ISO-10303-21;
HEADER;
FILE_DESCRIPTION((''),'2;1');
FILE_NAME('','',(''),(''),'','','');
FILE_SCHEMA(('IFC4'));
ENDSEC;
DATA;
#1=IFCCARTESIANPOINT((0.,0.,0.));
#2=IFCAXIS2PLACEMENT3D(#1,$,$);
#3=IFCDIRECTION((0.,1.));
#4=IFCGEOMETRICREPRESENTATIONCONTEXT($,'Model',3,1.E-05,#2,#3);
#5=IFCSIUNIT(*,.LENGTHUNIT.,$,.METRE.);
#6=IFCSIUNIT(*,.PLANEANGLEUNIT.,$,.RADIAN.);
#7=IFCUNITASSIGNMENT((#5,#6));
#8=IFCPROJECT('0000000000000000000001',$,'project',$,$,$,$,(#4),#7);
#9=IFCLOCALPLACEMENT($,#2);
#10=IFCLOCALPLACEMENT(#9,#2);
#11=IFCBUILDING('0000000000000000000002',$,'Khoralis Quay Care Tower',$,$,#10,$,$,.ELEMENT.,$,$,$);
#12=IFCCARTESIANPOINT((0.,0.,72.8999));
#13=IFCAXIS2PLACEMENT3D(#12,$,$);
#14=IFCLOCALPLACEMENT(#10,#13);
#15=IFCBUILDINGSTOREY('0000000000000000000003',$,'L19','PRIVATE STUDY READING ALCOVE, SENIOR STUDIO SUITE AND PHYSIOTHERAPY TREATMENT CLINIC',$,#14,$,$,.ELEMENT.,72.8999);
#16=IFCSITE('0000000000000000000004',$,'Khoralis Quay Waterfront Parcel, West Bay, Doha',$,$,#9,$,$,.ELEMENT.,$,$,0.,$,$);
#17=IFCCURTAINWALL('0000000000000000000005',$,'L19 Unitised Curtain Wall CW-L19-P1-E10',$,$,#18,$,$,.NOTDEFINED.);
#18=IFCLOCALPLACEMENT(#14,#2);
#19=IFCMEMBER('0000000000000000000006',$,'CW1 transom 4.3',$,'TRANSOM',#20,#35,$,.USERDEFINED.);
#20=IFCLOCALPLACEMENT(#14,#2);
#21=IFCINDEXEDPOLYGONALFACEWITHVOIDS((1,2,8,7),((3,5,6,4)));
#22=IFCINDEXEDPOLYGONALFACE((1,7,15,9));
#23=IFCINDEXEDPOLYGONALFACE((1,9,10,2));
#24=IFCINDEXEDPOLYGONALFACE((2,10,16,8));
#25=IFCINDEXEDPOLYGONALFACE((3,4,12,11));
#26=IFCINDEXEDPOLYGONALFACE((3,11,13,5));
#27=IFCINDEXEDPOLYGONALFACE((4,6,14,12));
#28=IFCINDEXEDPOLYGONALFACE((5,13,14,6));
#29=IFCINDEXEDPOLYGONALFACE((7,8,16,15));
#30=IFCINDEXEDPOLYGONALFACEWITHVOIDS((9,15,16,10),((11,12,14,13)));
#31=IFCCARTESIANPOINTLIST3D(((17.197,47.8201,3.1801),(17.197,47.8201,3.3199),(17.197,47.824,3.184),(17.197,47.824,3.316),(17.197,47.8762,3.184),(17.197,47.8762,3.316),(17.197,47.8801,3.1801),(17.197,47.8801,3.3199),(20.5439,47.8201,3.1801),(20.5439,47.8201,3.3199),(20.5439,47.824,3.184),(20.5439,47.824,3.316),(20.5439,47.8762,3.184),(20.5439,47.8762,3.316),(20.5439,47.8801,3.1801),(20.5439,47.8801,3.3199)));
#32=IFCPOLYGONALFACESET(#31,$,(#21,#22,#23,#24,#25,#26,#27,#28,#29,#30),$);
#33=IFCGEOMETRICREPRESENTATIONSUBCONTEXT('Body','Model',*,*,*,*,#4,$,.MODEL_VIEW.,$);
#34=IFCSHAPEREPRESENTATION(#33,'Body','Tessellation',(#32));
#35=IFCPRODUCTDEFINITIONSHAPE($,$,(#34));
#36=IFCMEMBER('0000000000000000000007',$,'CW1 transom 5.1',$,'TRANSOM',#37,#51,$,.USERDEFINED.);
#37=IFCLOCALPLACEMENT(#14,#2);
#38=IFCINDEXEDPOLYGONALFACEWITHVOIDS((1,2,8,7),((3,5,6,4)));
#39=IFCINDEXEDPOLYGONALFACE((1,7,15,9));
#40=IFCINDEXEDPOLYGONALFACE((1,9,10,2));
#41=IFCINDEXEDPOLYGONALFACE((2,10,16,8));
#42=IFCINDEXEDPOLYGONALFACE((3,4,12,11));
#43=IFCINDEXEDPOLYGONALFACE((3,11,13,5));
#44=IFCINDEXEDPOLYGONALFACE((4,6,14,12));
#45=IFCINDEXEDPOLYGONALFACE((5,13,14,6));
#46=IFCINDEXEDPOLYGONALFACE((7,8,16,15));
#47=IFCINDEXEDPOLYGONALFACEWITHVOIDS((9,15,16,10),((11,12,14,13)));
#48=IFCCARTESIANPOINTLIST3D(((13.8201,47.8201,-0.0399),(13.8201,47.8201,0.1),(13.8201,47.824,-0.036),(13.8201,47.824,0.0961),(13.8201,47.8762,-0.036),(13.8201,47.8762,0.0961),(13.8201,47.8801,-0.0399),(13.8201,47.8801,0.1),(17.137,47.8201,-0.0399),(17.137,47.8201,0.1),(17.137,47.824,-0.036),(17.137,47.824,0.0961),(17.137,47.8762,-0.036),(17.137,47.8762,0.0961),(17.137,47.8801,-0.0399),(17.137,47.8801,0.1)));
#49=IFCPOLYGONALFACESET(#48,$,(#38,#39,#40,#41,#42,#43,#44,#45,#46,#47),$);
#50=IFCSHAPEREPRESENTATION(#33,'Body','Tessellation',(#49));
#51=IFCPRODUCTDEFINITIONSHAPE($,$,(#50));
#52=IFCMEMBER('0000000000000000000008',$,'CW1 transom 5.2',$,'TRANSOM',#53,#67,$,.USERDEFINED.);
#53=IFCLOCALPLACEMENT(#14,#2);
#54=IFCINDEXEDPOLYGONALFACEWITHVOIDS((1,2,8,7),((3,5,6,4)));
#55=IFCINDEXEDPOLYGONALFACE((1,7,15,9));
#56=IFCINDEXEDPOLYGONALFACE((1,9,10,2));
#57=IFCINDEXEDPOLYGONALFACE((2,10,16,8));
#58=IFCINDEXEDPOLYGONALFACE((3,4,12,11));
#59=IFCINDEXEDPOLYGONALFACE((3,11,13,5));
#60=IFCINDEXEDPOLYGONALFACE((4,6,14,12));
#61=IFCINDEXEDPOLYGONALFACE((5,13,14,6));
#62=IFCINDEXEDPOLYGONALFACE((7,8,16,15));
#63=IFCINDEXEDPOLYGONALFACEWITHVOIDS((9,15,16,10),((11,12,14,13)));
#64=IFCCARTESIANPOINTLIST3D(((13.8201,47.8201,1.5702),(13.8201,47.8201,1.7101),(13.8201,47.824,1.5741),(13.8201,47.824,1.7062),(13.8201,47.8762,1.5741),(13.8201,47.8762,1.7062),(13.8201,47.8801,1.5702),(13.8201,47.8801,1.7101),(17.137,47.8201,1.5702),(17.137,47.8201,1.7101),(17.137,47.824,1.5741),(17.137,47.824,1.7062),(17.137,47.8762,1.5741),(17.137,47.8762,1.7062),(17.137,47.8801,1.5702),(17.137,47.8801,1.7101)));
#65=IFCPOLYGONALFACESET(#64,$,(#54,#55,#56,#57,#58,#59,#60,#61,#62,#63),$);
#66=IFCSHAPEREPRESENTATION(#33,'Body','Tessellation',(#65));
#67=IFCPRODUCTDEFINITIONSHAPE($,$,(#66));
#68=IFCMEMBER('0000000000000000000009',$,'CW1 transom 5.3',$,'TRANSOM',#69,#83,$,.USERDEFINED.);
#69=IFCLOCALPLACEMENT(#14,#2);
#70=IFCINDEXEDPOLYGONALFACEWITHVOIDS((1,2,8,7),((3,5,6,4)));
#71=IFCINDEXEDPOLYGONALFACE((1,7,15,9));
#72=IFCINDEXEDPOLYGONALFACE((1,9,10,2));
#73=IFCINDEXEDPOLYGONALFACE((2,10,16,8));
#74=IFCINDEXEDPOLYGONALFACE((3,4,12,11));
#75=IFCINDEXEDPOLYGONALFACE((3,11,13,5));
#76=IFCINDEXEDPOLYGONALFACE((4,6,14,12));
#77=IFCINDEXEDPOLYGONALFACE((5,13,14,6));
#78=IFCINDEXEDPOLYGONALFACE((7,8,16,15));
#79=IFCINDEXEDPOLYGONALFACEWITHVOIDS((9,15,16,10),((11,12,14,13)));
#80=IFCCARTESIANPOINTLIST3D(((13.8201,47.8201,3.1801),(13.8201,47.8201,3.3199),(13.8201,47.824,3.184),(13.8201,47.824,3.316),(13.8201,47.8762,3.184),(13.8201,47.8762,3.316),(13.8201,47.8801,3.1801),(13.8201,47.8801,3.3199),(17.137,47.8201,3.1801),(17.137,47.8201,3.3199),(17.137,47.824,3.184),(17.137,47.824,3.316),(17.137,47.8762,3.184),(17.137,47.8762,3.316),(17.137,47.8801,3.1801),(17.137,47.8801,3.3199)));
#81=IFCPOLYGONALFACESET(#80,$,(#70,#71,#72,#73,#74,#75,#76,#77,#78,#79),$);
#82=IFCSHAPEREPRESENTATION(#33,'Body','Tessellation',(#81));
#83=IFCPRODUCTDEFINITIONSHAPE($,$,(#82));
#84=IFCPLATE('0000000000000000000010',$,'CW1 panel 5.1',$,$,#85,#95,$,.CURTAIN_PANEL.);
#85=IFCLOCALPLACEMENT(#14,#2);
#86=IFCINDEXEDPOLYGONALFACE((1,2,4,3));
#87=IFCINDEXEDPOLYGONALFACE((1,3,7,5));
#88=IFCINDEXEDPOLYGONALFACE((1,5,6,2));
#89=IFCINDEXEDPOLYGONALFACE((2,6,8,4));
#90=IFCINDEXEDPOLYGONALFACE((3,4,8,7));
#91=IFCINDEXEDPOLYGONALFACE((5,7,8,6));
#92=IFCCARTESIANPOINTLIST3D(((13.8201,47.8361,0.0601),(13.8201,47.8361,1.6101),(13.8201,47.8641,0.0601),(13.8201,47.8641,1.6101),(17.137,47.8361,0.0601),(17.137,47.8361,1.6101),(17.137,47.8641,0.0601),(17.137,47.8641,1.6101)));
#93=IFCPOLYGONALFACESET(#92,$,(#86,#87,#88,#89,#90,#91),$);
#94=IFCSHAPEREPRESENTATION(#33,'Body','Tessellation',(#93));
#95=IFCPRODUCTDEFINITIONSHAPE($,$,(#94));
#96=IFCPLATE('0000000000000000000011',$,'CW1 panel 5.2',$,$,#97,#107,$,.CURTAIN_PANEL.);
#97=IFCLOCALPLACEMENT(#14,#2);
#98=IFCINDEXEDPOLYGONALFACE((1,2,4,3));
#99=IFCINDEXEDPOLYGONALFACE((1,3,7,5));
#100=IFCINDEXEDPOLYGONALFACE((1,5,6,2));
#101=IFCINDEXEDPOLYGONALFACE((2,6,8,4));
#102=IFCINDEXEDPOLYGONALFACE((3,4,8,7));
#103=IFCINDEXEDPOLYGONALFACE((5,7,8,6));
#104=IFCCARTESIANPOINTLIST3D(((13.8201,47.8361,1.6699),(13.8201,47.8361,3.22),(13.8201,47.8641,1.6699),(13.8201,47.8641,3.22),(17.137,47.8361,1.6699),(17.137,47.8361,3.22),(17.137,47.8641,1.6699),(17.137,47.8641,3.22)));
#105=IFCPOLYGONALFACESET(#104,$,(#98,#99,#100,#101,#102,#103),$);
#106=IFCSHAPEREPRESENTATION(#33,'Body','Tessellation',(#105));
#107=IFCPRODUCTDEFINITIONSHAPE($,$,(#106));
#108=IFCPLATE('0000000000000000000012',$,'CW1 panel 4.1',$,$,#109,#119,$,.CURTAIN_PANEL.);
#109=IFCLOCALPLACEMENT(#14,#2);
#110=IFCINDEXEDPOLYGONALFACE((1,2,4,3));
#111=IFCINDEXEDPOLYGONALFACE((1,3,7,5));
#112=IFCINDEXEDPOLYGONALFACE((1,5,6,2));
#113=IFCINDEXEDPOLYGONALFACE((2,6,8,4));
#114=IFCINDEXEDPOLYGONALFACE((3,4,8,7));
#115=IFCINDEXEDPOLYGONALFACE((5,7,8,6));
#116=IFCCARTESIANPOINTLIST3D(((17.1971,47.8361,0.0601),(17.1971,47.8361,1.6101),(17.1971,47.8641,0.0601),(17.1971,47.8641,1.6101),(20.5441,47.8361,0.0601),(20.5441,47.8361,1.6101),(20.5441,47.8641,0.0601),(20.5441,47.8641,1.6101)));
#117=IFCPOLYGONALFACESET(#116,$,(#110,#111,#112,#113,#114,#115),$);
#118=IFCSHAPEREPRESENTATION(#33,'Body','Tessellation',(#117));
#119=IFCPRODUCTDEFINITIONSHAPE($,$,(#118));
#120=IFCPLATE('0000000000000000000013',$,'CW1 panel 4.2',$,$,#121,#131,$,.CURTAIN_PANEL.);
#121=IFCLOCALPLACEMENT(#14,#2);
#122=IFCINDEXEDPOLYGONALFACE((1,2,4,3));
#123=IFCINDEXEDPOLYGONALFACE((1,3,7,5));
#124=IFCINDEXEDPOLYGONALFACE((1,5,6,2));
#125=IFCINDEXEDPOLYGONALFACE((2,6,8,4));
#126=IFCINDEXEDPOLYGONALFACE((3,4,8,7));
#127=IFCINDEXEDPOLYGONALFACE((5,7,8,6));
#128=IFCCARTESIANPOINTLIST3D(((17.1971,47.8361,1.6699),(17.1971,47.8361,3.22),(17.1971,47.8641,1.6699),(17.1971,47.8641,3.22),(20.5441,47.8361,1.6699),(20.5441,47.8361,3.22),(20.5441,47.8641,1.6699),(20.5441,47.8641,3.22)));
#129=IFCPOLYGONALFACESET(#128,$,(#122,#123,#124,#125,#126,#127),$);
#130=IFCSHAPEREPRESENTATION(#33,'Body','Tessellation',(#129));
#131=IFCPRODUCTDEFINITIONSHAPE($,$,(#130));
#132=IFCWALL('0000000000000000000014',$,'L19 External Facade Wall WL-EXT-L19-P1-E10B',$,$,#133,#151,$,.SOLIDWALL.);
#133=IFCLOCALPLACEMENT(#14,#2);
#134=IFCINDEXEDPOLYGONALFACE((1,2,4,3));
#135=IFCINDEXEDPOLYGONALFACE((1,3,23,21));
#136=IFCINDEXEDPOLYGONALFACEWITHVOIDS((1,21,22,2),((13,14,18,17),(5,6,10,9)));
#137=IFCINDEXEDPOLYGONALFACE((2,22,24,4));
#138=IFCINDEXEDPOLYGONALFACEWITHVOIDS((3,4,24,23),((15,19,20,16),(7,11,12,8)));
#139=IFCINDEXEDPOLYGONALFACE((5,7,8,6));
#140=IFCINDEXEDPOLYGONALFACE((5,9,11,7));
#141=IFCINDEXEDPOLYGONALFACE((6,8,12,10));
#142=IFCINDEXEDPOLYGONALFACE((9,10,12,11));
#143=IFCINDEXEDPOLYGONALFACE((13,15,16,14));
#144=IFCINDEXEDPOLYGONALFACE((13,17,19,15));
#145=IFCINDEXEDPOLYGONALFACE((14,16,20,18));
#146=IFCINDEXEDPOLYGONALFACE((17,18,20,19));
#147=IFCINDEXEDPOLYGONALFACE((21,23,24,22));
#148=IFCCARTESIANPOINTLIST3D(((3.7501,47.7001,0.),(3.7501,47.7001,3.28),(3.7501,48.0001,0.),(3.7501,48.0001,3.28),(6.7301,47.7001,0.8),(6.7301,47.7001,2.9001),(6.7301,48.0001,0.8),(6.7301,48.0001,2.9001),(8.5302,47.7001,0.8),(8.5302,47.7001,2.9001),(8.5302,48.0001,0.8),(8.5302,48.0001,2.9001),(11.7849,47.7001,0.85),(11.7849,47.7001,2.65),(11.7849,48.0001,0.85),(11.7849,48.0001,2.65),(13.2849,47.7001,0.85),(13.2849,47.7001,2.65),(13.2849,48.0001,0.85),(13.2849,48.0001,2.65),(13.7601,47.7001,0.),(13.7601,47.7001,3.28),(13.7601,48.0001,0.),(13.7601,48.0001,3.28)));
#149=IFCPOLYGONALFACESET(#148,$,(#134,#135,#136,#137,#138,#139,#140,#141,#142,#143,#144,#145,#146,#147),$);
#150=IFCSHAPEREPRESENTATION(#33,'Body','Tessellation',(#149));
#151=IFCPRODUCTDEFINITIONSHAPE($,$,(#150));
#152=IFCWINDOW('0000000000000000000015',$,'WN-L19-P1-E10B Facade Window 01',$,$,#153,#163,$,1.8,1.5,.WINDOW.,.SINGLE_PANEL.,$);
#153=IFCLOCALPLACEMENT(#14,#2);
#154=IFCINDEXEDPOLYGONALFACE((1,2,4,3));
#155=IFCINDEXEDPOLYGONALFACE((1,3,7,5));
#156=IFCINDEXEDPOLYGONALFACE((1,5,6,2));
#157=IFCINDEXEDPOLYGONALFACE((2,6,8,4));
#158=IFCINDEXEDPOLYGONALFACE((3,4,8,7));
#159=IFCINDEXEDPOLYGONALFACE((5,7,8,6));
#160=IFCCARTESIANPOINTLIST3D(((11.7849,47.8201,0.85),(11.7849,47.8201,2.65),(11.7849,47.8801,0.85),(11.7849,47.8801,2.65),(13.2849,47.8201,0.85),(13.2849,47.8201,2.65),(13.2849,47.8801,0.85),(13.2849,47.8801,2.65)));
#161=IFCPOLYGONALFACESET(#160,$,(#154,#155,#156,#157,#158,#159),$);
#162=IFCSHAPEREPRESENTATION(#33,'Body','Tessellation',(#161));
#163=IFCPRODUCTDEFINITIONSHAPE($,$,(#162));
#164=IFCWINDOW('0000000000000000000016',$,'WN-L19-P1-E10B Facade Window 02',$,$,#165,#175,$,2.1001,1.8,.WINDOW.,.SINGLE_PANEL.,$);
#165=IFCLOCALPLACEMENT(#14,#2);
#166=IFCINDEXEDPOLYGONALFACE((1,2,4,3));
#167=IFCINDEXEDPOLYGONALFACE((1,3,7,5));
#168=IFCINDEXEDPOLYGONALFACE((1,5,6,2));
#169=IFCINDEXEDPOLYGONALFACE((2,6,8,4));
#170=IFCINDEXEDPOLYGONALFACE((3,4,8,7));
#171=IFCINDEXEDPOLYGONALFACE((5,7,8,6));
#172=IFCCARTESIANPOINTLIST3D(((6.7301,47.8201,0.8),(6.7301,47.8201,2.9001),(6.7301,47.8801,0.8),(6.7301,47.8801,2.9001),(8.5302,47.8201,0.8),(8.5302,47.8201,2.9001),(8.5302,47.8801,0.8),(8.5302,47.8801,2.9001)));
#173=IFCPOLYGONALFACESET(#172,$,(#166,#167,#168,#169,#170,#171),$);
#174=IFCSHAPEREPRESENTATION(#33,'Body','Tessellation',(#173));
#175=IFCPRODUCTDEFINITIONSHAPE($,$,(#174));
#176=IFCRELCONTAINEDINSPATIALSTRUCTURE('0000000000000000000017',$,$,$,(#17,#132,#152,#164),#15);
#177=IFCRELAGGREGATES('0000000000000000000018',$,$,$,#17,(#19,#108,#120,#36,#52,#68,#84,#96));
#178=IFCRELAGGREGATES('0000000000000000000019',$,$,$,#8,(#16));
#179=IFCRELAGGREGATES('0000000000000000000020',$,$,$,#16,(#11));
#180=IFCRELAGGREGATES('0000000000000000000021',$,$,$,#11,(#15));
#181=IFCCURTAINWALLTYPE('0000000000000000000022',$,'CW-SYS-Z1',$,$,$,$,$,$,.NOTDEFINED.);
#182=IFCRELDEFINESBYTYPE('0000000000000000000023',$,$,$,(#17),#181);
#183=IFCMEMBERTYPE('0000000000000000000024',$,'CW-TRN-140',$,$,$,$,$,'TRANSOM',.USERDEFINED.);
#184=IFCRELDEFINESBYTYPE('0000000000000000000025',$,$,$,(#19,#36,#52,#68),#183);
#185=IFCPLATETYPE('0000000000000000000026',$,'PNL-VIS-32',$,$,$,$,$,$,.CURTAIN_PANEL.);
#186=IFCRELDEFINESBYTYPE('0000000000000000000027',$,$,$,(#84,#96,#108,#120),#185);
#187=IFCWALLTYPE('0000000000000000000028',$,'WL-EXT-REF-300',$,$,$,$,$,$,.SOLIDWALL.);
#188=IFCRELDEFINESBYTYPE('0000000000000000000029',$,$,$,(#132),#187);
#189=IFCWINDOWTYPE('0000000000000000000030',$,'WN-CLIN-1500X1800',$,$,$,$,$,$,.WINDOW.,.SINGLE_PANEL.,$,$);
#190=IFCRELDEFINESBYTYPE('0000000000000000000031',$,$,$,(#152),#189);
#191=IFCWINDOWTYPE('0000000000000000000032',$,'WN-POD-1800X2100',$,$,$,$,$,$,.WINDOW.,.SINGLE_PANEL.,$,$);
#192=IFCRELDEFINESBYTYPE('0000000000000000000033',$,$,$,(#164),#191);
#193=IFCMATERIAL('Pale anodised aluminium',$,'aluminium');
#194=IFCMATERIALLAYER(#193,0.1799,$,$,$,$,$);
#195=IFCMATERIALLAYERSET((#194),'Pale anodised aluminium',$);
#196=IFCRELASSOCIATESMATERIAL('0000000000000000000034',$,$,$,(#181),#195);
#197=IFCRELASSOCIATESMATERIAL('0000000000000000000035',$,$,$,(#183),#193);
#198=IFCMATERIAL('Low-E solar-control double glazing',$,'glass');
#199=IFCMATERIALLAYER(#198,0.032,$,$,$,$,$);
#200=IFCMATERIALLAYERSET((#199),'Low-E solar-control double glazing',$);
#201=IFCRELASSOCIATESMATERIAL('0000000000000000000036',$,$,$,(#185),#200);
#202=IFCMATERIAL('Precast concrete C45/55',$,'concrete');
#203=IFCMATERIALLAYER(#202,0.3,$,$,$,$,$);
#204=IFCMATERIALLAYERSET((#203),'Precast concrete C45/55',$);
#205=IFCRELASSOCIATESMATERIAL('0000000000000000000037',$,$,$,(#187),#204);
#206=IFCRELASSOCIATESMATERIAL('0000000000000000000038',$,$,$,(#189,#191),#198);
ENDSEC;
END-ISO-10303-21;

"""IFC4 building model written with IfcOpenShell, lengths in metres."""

from ifc_helpers import new_model, si_unit, direction, frame, frame_2d, origin, origin_2d, place, context, subcontext, project, spatial, rectangle, hollow_rectangle, extrude, source, transform, mapped, material, layer, layer_set, material_profile, profile_set, type_object, element, fill, aggregate, save


model = new_model("IFC4")

# Units and contexts
model_context = context("Model", 3, precision=1e-05, world=origin(), true_north=direction((0.0, 1.0)))
body_context = subcontext(model_context, "Body", "Model", "MODEL_VIEW")
ifc_project = project(units=[si_unit("LENGTHUNIT", "METRE"), si_unit("PLANEANGLEUNIT", "RADIAN")], contexts=[model_context])

# Site, building, storey
site_placement = place(None, origin())
site = spatial("IfcSite", under=ifc_project, at=site_placement, Name="Khoralis Quay Waterfront Parcel, West Bay, Doha", CompositionType="ELEMENT", RefElevation=0.0)
building_placement = place(site_placement, origin())
building = spatial("IfcBuilding", under=site, at=building_placement, Name="Khoralis Quay Care Tower", CompositionType="ELEMENT")
storey_placement = place(building_placement, frame((0.0, 0.0, 72.8999)))
storey = spatial("IfcBuildingStorey", under=building, at=storey_placement, Name="L19", Description="PRIVATE STUDY READING ALCOVE, SENIOR STUDIO SUITE AND PHYSIOTHERAPY TREATMENT CLINIC", CompositionType="ELEMENT", Elevation=72.8999)

# Curtain wall, members, plates
ifc_material_1 = material(Name="Pale anodised aluminium", Category="aluminium")
ifc_layer_1 = layer(ifc_material_1, 0.1799)
ifc_layer_set_1 = layer_set([ifc_layer_1], Name="Pale anodised aluminium")
curtain_wall_type = type_object("IfcCurtainWallType", Name="CW-SYS-Z1", PredefinedType="NOTDEFINED", material=ifc_layer_set_1)
curtain_wall_placement = place(storey_placement, origin())
curtain_wall = element("IfcCurtainWall", 1, at=curtain_wall_placement, inside=storey, type_object=curtain_wall_type, Name="L19 Unitised Curtain Wall CW-L19-P1-E10", PredefinedType="NOTDEFINED")
ifc_material_profile_1 = material_profile(ifc_material_1, hollow_rectangle(XDim=0.0601, YDim=0.1399, WallThickness=0.0039, at=origin_2d()), Name="Pale anodised aluminium")
ifc_profile_set_1 = profile_set([ifc_material_profile_1], Name="Pale anodised aluminium")
member_type_1 = type_object("IfcMemberType", Name="CW-TRN-140", ElementType="TRANSOM", PredefinedType="USERDEFINED", material=ifc_profile_set_1)
shared_shape_1 = source(origin(), body_context, "Body", "SweptSolid", [
    extrude(hollow_rectangle(XDim=0.0601, YDim=0.1399, WallThickness=0.0039, at=origin_2d()), origin(), (0.0, 0.0, 1.0), 3.3469),
])
member_1_placement = place(storey_placement, frame((20.5439, 47.8501, 3.25), z_axis=(-1.0, 0.0, 0.0), x_axis=(0.0, -1.0, 0.0)))
member_1 = element("IfcMember", 2, at=member_1_placement, type_object=member_type_1, Name="CW1 transom 4.3", ObjectType="TRANSOM", PredefinedType="USERDEFINED", context=body_context, shape_type="MappedRepresentation", body=[
    mapped(shared_shape_1, transform((0.0, 0.0, 0.0), scale=1.0)),
])
shared_shape_2 = source(origin(), body_context, "Body", "SweptSolid", [
    extrude(hollow_rectangle(XDim=0.0601, YDim=0.1399, WallThickness=0.0039, at=origin_2d()), origin(), (0.0, 0.0, 1.0), 3.3169),
])
member_2_placement = place(storey_placement, frame((17.137, 47.8501, 0.03), z_axis=(-1.0, 0.0, 0.0), x_axis=(0.0, -1.0, 0.0)))
member_2 = element("IfcMember", 3, at=member_2_placement, type_object=member_type_1, Name="CW1 transom 5.1", ObjectType="TRANSOM", PredefinedType="USERDEFINED", context=body_context, shape_type="MappedRepresentation", body=[
    mapped(shared_shape_2, transform((0.0, 0.0, 0.0), scale=1.0)),
])
member_3_placement = place(storey_placement, frame((17.137, 47.8501, 1.6401), z_axis=(-1.0, 0.0, 0.0), x_axis=(0.0, -1.0, 0.0)))
member_3 = element("IfcMember", 4, at=member_3_placement, type_object=member_type_1, Name="CW1 transom 5.2", ObjectType="TRANSOM", PredefinedType="USERDEFINED", context=body_context, shape_type="MappedRepresentation", body=[
    mapped(shared_shape_2, transform((0.0, 0.0, 0.0), scale=1.0)),
])
member_4_placement = place(storey_placement, frame((17.137, 47.8501, 3.25), z_axis=(-1.0, 0.0, 0.0), x_axis=(0.0, -1.0, 0.0)))
member_4 = element("IfcMember", 5, at=member_4_placement, type_object=member_type_1, Name="CW1 transom 5.3", ObjectType="TRANSOM", PredefinedType="USERDEFINED", context=body_context, shape_type="MappedRepresentation", body=[
    mapped(shared_shape_2, transform((0.0, 0.0, 0.0), scale=1.0)),
])
ifc_material_2 = material(Name="Low-E solar-control double glazing", Category="glass")
ifc_layer_2 = layer(ifc_material_2, 0.032)
ifc_layer_set_2 = layer_set([ifc_layer_2], Name="Low-E solar-control double glazing")
plate_type = type_object("IfcPlateType", Name="PNL-VIS-32", PredefinedType="CURTAIN_PANEL", material=ifc_layer_set_2)
shared_shape_3 = source(origin(), body_context, "Body", "SweptSolid", [
    extrude(rectangle(XDim=3.3169, YDim=0.0281, at=origin_2d()), origin(), (0.0, 0.0, 1.0), 1.55),
])
plate_1_placement = place(storey_placement, frame((15.4785, 47.8501, 0.0601), z_axis=(0.0, 0.0, 1.0), x_axis=(-1.0, 0.0, 0.0)))
plate_1 = element("IfcPlate", 6, at=plate_1_placement, type_object=plate_type, Name="CW1 panel 5.1", PredefinedType="CURTAIN_PANEL", context=body_context, shape_type="MappedRepresentation", body=[
    mapped(shared_shape_3, transform((0.0, 0.0, 0.0), scale=1.0)),
])
plate_2_placement = place(storey_placement, frame((15.4785, 47.8501, 1.6699), z_axis=(0.0, 0.0, 1.0), x_axis=(-1.0, 0.0, 0.0)))
plate_2 = element("IfcPlate", 7, at=plate_2_placement, type_object=plate_type, Name="CW1 panel 5.2", PredefinedType="CURTAIN_PANEL", context=body_context, shape_type="MappedRepresentation", body=[
    mapped(shared_shape_3, transform((0.0, 0.0, 0.0), scale=1.0)),
])
shared_shape_4 = source(origin(), body_context, "Body", "SweptSolid", [
    extrude(rectangle(XDim=3.3469, YDim=0.0281, at=origin_2d()), origin(), (0.0, 0.0, 1.0), 1.55),
])
plate_3_placement = place(storey_placement, frame((18.8706, 47.8501, 0.0601), z_axis=(0.0, 0.0, 1.0), x_axis=(-1.0, 0.0, 0.0)))
plate_3 = element("IfcPlate", 8, at=plate_3_placement, type_object=plate_type, Name="CW1 panel 4.1", PredefinedType="CURTAIN_PANEL", context=body_context, shape_type="MappedRepresentation", body=[
    mapped(shared_shape_4, transform((0.0, 0.0, 0.0), scale=1.0)),
])
plate_4_placement = place(storey_placement, frame((18.8706, 47.8501, 1.6699), z_axis=(0.0, 0.0, 1.0), x_axis=(-1.0, 0.0, 0.0)))
plate_4 = element("IfcPlate", 9, at=plate_4_placement, type_object=plate_type, Name="CW1 panel 4.2", PredefinedType="CURTAIN_PANEL", context=body_context, shape_type="MappedRepresentation", body=[
    mapped(shared_shape_4, transform((0.0, 0.0, 0.0), scale=1.0)),
])
aggregate(curtain_wall, [member_1, plate_3, plate_4, member_2, member_3, member_4, plate_1, plate_2])

# Wall, openings, windows
ifc_material_3 = material(Name="Precast concrete C45/55", Category="concrete")
ifc_layer_3 = layer(ifc_material_3, 0.3)
ifc_layer_set_3 = layer_set([ifc_layer_3], Name="Precast concrete C45/55")
wall_type_1 = type_object("IfcWallType", Name="WL-EXT-REF-300", PredefinedType="SOLIDWALL", material=ifc_layer_set_3)
wall_1_placement = place(storey_placement, frame((13.76, 47.8501, 0.0), z_axis=(0.0, 0.0, 1.0), x_axis=(-1.0, 0.0, 0.0)))
wall_1 = element("IfcWall", 10, at=wall_1_placement, inside=storey, type_object=wall_type_1, Name="L19 External Facade Wall WL-EXT-L19-P1-E10B", PredefinedType="SOLIDWALL", context=body_context, shape_type="SweptSolid", body=[
    extrude(rectangle(XDim=10.01, YDim=0.3, at=frame_2d((5.0049, 0.0))), origin(), (0.0, 0.0, 1.0), 3.28),
])
opening_1_placement = place(wall_1_placement, frame((0.4751, 0.0, 0.8501)))
opening_1 = element("IfcOpeningElement", 11, at=opening_1_placement, cuts=wall_1, PredefinedType="OPENING", context=body_context, shape_type="SweptSolid", body=[
    extrude(rectangle(XDim=1.5, YDim=1.8, at=frame_2d((0.75, 0.8999))), frame((0.0, 0.1602, 0.0), z_axis=(0.0, -1.0, 0.0), x_axis=(1.0, 0.0, 0.0)), (0.0, 0.0, 1.0), 0.3201),
])
opening_2_placement = place(wall_1_placement, frame((5.23, 0.0, 0.8)))
opening_2 = element("IfcOpeningElement", 12, at=opening_2_placement, cuts=wall_1, PredefinedType="OPENING", context=body_context, shape_type="SweptSolid", body=[
    extrude(rectangle(XDim=1.8, YDim=2.1001, at=frame_2d((0.8999, 1.05))), frame((0.0, 0.1602, 0.0), z_axis=(0.0, -1.0, 0.0), x_axis=(1.0, 0.0, 0.0)), (0.0, 0.0, 1.0), 0.3201),
])
window_type_1 = type_object("IfcWindowType", Name="WN-CLIN-1500X1800", PartitioningType="SINGLE_PANEL", PredefinedType="WINDOW", material=ifc_material_2)
shared_shape_5 = source(origin(), body_context, "Body", "SweptSolid", [
    extrude(rectangle(XDim=1.5, YDim=1.8, at=frame_2d((0.75, 0.8999))), frame((0.0, 0.03, 0.0), z_axis=(0.0, -1.0, 0.0), x_axis=(1.0, 0.0, 0.0)), (0.0, 0.0, 1.0), 0.0601),
])
window_1_placement = place(opening_1_placement, origin())
window_1 = element("IfcWindow", 13, at=window_1_placement, inside=storey, type_object=window_type_1, Name="WN-L19-P1-E10B Facade Window 01", OverallHeight=1.8, OverallWidth=1.5, PartitioningType="SINGLE_PANEL", PredefinedType="WINDOW", context=body_context, shape_type="MappedRepresentation", body=[
    mapped(shared_shape_5, transform((0.0, 0.0, 0.0), scale=1.0)),
])
fill(opening_1, window_1)
window_type_2 = type_object("IfcWindowType", Name="WN-POD-1800X2100", PartitioningType="SINGLE_PANEL", PredefinedType="WINDOW", material=ifc_material_2)
shared_shape_6 = source(origin(), body_context, "Body", "SweptSolid", [
    extrude(rectangle(XDim=1.8, YDim=2.1001, at=frame_2d((0.8999, 1.05))), frame((0.0, 0.03, 0.0), z_axis=(0.0, -1.0, 0.0), x_axis=(1.0, 0.0, 0.0)), (0.0, 0.0, 1.0), 0.0601),
])
window_2_placement = place(opening_2_placement, origin())
window_2 = element("IfcWindow", 14, at=window_2_placement, inside=storey, type_object=window_type_2, Name="WN-L19-P1-E10B Facade Window 02", OverallHeight=2.1001, OverallWidth=1.8, PartitioningType="SINGLE_PANEL", PredefinedType="WINDOW", context=body_context, shape_type="MappedRepresentation", body=[
    mapped(shared_shape_6, transform((0.0, 0.0, 0.0), scale=1.0)),
])
fill(opening_2, window_2)

save(model, "model.ifc")
